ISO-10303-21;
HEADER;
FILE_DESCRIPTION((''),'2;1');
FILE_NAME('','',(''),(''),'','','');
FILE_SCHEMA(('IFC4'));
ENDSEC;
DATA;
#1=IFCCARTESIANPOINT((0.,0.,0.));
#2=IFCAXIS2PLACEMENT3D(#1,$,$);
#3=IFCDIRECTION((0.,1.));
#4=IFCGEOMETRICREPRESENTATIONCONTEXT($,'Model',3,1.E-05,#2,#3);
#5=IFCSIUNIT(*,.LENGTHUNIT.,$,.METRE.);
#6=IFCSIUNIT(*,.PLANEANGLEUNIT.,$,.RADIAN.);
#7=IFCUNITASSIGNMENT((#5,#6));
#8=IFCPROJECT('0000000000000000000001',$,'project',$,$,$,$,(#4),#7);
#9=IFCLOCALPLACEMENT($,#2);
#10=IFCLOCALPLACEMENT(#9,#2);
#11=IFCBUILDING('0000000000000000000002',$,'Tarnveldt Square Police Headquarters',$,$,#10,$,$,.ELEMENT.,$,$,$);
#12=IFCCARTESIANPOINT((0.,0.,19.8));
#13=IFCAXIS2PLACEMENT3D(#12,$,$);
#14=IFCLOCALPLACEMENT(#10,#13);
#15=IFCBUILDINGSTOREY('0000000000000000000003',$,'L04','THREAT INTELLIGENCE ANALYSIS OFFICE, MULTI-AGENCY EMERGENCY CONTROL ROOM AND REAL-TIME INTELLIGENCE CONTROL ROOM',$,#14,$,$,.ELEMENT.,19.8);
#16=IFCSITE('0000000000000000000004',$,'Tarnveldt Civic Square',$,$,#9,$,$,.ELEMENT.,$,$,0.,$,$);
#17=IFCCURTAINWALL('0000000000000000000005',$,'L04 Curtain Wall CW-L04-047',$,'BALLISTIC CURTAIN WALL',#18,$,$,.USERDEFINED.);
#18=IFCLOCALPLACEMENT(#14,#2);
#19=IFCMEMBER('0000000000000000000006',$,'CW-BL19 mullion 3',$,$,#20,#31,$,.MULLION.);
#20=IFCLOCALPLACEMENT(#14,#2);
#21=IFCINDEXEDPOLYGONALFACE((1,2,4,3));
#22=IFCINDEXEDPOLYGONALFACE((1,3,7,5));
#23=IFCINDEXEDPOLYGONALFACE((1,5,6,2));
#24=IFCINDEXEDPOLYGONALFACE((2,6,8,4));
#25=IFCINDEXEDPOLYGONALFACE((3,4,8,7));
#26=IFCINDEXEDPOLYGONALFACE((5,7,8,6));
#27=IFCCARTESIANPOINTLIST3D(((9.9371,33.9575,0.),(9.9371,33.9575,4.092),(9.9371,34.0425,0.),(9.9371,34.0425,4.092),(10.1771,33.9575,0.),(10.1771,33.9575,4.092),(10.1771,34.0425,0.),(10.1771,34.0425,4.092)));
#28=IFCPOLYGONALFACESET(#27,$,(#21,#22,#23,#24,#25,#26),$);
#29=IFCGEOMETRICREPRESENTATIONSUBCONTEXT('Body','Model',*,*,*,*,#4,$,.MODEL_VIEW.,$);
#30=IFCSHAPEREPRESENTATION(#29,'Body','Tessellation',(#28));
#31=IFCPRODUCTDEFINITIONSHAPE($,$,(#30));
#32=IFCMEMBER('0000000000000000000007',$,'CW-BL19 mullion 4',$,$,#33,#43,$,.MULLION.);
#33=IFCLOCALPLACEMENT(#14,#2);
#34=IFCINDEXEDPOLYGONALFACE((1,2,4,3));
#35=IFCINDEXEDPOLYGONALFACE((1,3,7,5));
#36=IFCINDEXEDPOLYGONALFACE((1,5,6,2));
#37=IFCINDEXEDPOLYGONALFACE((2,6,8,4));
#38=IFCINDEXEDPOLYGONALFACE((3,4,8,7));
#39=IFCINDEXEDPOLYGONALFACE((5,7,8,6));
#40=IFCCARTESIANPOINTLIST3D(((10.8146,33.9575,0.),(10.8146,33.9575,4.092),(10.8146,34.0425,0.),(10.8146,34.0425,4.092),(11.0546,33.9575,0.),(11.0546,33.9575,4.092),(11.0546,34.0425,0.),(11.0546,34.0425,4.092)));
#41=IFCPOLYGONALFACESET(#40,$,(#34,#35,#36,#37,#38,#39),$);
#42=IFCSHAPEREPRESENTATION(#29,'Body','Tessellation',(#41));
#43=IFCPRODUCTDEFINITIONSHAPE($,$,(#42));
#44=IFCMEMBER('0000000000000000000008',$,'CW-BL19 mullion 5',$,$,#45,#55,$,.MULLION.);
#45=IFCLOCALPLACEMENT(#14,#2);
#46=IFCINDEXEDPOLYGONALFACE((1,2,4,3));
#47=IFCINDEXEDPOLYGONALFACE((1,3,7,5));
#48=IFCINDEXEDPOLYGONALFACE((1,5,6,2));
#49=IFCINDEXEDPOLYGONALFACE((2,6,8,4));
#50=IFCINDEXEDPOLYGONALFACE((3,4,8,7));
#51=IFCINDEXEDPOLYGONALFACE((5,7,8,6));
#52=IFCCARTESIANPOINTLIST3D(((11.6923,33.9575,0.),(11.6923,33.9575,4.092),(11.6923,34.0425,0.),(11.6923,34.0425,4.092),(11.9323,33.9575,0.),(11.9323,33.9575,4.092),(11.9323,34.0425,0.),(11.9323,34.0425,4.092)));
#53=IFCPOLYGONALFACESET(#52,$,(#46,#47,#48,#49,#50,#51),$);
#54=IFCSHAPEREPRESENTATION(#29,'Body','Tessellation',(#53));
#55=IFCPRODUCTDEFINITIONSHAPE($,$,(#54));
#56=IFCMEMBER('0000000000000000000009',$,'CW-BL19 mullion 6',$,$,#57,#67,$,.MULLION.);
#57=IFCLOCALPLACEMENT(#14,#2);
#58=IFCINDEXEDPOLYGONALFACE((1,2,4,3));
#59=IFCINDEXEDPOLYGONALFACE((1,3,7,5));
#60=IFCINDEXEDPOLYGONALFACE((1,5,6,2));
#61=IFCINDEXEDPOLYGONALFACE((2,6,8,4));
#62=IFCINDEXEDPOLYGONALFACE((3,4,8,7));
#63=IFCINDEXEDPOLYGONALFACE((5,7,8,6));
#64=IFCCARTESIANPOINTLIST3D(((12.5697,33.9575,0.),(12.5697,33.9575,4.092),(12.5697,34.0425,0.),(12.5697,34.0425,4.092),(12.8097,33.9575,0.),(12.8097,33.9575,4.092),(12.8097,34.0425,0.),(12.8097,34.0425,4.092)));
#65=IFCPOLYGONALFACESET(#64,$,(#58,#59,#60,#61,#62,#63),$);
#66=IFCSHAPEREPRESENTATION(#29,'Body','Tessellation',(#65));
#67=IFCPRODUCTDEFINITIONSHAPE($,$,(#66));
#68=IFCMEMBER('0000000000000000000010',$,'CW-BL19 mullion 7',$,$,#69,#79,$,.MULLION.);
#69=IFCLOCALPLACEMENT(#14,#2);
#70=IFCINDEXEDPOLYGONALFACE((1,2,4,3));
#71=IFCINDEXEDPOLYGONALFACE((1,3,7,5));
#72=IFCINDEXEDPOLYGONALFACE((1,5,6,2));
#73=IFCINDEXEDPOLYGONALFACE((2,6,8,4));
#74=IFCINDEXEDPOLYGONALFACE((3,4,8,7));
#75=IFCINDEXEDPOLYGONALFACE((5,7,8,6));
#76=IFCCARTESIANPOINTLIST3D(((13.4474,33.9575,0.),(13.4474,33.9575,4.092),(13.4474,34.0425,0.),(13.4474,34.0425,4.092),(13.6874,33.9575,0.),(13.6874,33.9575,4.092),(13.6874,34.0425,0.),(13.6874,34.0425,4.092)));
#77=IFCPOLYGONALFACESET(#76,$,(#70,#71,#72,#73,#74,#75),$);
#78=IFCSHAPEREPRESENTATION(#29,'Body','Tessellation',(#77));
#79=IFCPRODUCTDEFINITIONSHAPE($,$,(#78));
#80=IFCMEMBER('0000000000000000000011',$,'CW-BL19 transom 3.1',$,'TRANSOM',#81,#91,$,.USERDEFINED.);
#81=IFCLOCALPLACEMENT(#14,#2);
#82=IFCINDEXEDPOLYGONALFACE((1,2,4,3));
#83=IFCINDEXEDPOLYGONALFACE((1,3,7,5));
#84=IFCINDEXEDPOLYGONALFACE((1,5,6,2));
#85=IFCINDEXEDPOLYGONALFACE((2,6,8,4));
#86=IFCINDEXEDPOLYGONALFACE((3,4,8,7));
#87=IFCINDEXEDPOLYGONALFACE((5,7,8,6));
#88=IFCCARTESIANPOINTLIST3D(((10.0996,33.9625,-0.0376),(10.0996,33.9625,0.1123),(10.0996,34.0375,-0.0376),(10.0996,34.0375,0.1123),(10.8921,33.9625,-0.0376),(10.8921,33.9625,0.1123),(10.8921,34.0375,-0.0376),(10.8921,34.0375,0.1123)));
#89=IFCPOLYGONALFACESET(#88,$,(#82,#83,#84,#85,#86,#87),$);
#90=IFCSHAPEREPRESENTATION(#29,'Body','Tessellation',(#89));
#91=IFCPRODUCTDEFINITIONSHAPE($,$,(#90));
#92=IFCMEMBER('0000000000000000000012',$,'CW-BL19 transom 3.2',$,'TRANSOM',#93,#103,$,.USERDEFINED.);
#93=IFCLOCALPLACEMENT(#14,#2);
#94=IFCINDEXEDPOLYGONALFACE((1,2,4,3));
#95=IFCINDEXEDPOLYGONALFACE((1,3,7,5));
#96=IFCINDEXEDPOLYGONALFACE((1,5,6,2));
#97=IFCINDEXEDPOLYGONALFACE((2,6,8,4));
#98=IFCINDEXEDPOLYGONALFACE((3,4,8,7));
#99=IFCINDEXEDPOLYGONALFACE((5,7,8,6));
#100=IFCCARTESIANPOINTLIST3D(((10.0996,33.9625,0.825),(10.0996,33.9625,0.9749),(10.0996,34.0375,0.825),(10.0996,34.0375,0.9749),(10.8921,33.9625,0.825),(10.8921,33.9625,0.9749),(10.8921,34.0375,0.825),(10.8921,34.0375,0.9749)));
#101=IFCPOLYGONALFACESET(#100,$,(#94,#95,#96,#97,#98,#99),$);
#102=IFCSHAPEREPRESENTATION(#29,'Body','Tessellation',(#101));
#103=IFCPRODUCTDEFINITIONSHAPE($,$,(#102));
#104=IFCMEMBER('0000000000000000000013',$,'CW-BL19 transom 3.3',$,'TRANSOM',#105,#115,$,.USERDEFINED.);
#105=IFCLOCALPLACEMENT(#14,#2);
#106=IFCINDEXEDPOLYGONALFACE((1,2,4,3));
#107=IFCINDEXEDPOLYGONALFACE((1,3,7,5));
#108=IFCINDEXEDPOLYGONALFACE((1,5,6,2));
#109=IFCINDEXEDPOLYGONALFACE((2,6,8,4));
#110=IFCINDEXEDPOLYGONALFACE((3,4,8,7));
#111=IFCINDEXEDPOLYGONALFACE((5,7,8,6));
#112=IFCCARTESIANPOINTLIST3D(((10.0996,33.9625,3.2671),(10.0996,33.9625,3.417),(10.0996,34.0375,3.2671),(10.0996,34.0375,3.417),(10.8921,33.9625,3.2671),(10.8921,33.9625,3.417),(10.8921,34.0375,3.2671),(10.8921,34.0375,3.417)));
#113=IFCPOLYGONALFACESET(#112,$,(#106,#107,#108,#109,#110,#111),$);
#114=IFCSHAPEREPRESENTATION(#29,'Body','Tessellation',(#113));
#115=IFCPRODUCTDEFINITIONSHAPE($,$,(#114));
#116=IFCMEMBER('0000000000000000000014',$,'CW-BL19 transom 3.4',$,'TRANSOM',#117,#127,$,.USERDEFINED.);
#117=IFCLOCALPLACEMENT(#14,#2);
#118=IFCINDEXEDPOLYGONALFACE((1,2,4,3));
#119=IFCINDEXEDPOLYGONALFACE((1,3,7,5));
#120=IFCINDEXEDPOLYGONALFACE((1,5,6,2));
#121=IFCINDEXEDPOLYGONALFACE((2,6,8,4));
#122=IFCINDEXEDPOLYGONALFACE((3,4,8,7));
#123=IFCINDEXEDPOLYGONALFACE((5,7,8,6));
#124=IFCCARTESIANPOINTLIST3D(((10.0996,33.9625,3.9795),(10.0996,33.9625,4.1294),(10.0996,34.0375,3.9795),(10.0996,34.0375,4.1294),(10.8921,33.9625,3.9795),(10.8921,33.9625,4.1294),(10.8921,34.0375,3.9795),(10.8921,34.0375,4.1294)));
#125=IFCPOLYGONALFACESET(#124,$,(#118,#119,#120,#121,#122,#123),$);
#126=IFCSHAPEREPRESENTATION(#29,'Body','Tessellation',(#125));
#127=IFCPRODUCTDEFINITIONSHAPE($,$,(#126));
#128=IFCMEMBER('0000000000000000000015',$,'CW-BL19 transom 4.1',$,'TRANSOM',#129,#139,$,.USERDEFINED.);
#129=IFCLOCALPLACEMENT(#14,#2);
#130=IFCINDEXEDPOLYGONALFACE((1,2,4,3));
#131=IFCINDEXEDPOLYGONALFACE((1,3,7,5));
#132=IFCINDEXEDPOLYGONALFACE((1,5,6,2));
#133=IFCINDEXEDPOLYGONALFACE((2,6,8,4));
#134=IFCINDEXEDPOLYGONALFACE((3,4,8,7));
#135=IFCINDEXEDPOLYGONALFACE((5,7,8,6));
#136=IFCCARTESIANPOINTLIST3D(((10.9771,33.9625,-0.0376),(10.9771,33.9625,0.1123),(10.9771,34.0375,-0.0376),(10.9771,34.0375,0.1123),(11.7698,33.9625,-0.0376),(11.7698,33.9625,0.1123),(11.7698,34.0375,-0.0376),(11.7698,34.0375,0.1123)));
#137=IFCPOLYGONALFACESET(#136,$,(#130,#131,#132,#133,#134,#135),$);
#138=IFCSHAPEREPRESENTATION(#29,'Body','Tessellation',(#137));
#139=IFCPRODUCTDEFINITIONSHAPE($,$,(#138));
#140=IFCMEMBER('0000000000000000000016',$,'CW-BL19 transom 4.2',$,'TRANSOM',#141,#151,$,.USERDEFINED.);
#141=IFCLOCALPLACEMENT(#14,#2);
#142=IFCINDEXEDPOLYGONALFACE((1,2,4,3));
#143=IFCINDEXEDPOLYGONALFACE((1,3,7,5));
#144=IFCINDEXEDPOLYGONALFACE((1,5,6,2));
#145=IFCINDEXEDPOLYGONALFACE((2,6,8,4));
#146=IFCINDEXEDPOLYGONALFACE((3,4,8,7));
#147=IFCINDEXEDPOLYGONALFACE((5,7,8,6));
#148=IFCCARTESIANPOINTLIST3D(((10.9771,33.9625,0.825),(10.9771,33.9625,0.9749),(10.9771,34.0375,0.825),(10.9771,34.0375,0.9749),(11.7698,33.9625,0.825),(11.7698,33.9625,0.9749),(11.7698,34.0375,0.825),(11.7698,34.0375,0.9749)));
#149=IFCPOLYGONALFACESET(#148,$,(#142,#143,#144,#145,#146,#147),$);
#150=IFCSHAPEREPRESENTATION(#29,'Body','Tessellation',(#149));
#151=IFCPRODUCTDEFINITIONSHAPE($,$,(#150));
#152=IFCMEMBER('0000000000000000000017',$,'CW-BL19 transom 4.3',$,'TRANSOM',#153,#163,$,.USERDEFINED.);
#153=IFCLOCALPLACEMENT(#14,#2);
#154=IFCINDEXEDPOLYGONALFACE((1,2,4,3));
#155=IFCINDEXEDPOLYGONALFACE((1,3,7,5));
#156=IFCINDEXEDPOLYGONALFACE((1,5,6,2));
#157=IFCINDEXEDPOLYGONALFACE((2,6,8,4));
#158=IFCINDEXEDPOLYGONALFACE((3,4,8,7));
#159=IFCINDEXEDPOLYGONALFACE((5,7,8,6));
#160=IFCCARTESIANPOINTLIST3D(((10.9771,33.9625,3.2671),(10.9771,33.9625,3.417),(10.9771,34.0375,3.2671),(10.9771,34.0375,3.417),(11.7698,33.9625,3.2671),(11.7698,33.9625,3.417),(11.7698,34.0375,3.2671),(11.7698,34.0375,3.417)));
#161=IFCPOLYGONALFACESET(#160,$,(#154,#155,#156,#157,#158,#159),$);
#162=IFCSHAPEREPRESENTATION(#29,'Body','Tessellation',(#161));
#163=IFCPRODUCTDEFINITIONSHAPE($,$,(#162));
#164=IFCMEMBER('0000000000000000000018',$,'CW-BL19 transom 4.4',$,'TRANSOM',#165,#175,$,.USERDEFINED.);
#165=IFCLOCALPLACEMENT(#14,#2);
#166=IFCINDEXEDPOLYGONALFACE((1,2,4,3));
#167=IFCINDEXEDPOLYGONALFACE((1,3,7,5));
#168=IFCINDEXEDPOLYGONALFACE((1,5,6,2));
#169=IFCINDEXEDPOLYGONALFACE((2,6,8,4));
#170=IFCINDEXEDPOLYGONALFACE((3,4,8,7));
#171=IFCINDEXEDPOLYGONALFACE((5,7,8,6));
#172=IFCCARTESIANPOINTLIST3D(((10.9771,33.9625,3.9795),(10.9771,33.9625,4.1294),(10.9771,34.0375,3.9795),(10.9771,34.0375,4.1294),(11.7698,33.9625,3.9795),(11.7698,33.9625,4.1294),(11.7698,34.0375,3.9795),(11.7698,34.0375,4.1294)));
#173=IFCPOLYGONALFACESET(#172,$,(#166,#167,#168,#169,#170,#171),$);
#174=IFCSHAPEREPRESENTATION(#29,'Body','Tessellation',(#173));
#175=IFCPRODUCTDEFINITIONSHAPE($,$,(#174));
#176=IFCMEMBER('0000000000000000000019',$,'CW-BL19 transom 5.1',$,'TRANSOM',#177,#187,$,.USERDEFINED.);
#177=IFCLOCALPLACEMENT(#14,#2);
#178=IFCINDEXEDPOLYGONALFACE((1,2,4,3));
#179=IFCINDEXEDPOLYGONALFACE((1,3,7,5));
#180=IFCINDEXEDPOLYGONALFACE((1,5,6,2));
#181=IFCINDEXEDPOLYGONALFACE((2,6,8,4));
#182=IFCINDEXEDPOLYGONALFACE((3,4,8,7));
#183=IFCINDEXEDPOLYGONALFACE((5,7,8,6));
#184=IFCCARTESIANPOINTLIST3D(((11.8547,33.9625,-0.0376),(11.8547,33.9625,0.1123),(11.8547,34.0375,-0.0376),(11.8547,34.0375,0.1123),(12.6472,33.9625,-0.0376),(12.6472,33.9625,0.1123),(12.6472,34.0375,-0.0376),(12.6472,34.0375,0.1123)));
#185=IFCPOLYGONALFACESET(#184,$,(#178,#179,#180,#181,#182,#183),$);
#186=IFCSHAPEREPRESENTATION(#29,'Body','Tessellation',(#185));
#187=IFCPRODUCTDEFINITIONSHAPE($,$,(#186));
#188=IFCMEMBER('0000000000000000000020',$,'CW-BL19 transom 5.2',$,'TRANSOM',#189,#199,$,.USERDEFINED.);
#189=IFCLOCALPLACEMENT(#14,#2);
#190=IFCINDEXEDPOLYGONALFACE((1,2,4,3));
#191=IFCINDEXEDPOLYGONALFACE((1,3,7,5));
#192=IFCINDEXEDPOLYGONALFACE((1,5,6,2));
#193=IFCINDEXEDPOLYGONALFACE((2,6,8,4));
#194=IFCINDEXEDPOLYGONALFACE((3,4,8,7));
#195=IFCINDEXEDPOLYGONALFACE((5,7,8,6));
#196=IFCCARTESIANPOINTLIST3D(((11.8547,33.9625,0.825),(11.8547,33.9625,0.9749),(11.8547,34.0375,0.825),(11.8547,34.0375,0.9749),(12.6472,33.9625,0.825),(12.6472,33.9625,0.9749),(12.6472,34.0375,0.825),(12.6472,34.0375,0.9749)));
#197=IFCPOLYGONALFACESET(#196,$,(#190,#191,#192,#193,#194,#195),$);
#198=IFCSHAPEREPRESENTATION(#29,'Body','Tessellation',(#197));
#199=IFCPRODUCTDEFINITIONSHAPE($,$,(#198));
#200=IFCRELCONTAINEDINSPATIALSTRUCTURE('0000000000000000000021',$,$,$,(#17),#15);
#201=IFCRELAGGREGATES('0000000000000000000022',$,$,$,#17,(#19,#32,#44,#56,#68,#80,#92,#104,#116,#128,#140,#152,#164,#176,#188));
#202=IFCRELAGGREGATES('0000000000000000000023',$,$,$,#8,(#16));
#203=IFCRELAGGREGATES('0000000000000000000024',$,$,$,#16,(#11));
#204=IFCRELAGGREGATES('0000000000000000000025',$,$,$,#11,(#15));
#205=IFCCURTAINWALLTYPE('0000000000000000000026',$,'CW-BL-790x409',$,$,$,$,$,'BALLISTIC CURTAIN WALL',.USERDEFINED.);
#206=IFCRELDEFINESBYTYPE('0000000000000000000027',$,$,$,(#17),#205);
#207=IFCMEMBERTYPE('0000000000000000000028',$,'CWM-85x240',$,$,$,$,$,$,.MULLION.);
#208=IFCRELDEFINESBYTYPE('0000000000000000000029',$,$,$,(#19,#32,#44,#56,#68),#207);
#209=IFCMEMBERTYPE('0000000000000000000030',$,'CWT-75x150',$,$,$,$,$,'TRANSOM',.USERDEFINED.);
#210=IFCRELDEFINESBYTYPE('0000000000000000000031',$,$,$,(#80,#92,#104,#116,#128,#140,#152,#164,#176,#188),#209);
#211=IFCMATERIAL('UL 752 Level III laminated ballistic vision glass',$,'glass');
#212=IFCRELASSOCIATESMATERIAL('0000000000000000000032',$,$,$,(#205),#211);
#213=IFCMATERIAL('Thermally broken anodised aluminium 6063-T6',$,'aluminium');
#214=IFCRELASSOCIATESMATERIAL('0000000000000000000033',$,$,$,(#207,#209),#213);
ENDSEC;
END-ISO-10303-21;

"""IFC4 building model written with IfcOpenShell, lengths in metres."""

from ifc_helpers import new_model, si_unit, direction, frame, origin, origin_2d, place, context, subcontext, project, spatial, rectangle, extrude, material, material_profile, profile_set, type_object, element, aggregate, save


model = new_model("IFC4")

# Units and contexts
model_context = context("Model", 3, precision=1e-05, world=origin(), true_north=direction((0.0, 1.0)))
body_context = subcontext(model_context, "Body", "Model", "MODEL_VIEW")
ifc_project = project(units=[si_unit("LENGTHUNIT", "METRE"), si_unit("PLANEANGLEUNIT", "RADIAN")], contexts=[model_context])

# Site, building, storey
site_placement = place(None, origin())
site = spatial("IfcSite", under=ifc_project, at=site_placement, Name="Tarnveldt Civic Square", CompositionType="ELEMENT", RefElevation=0.0)
building_placement = place(site_placement, origin())
building = spatial("IfcBuilding", under=site, at=building_placement, Name="Tarnveldt Square Police Headquarters", CompositionType="ELEMENT")
storey_placement = place(building_placement, frame((0.0, 0.0, 19.8)))
storey = spatial("IfcBuildingStorey", under=building, at=storey_placement, Name="L04", Description="THREAT INTELLIGENCE ANALYSIS OFFICE, MULTI-AGENCY EMERGENCY CONTROL ROOM AND REAL-TIME INTELLIGENCE CONTROL ROOM", CompositionType="ELEMENT", Elevation=19.8)

# Curtain wall, members
ifc_material_1 = material(Name="UL 752 Level III laminated ballistic vision glass", Category="glass")
curtain_wall_type = type_object("IfcCurtainWallType", Name="CW-BL-790x409", ElementType="BALLISTIC CURTAIN WALL", PredefinedType="USERDEFINED", material=ifc_material_1)
curtain_wall_placement = place(storey_placement, origin())
curtain_wall = element("IfcCurtainWall", 1, at=curtain_wall_placement, inside=storey, type_object=curtain_wall_type, Name="L04 Curtain Wall CW-L04-047", ObjectType="BALLISTIC CURTAIN WALL", PredefinedType="USERDEFINED")
ifc_material_2 = material(Name="Thermally broken anodised aluminium 6063-T6", Category="aluminium")
ifc_material_profile_1 = material_profile(ifc_material_2, rectangle(XDim=0.085, YDim=0.24, at=origin_2d()), Name="CW-M85x240")
ifc_profile_set_1 = profile_set([ifc_material_profile_1], Name="Thermally broken anodised aluminium 6063-T6")
member_type_1 = type_object("IfcMemberType", Name="CWM-85x240", PredefinedType="MULLION", material=ifc_profile_set_1)
member_1_placement = place(storey_placement, frame((10.0571, 34.0, 0.0), z_axis=(0.0, 0.0, 1.0), x_axis=(0.0, 1.0, 0.0)))
member_1 = element("IfcMember", 2, at=member_1_placement, type_object=member_type_1, Name="CW-BL19 mullion 3", PredefinedType="MULLION", context=body_context, shape_type="SweptSolid", body=[
    extrude(rectangle(XDim=0.085, YDim=0.24, at=origin_2d()), origin(), (0.0, 0.0, 1.0), 4.092),
])
member_2_placement = place(storey_placement, frame((10.9346, 34.0, 0.0), z_axis=(0.0, 0.0, 1.0), x_axis=(0.0, 1.0, 0.0)))
member_2 = element("IfcMember", 3, at=member_2_placement, type_object=member_type_1, Name="CW-BL19 mullion 4", PredefinedType="MULLION", context=body_context, shape_type="SweptSolid", body=[
    extrude(rectangle(XDim=0.085, YDim=0.24, at=origin_2d()), origin(), (0.0, 0.0, 1.0), 4.092),
])
member_3_placement = place(storey_placement, frame((11.8123, 34.0, 0.0), z_axis=(0.0, 0.0, 1.0), x_axis=(0.0, 1.0, 0.0)))
member_3 = element("IfcMember", 4, at=member_3_placement, type_object=member_type_1, Name="CW-BL19 mullion 5", PredefinedType="MULLION", context=body_context, shape_type="SweptSolid", body=[
    extrude(rectangle(XDim=0.085, YDim=0.24, at=origin_2d()), origin(), (0.0, 0.0, 1.0), 4.092),
])
member_4_placement = place(storey_placement, frame((12.6897, 34.0, 0.0), z_axis=(0.0, 0.0, 1.0), x_axis=(0.0, 1.0, 0.0)))
member_4 = element("IfcMember", 5, at=member_4_placement, type_object=member_type_1, Name="CW-BL19 mullion 6", PredefinedType="MULLION", context=body_context, shape_type="SweptSolid", body=[
    extrude(rectangle(XDim=0.085, YDim=0.24, at=origin_2d()), origin(), (0.0, 0.0, 1.0), 4.092),
])
member_5_placement = place(storey_placement, frame((13.5674, 34.0, 0.0), z_axis=(0.0, 0.0, 1.0), x_axis=(0.0, 1.0, 0.0)))
member_5 = element("IfcMember", 6, at=member_5_placement, type_object=member_type_1, Name="CW-BL19 mullion 7", PredefinedType="MULLION", context=body_context, shape_type="SweptSolid", body=[
    extrude(rectangle(XDim=0.085, YDim=0.24, at=origin_2d()), origin(), (0.0, 0.0, 1.0), 4.092),
])
ifc_material_profile_2 = material_profile(ifc_material_2, rectangle(XDim=0.075, YDim=0.1499, at=origin_2d()), Name="CW-T75x150")
ifc_profile_set_2 = profile_set([ifc_material_profile_2], Name="Thermally broken anodised aluminium 6063-T6")
member_type_2 = type_object("IfcMemberType", Name="CWT-75x150", ElementType="TRANSOM", PredefinedType="USERDEFINED", material=ifc_profile_set_2)
member_6_placement = place(storey_placement, frame((10.0996, 34.0, 0.0374), z_axis=(1.0, 0.0, 0.0), x_axis=(0.0, 1.0, 0.0)))
member_6 = element("IfcMember", 7, at=member_6_placement, type_object=member_type_2, Name="CW-BL19 transom 3.1", ObjectType="TRANSOM", PredefinedType="USERDEFINED", context=body_context, shape_type="SweptSolid", body=[
    extrude(rectangle(XDim=0.075, YDim=0.1499, at=origin_2d()), origin(), (0.0, 0.0, 1.0), 0.7925),
])
member_7_placement = place(storey_placement, frame((10.0996, 34.0, 0.8999), z_axis=(1.0, 0.0, 0.0), x_axis=(0.0, 1.0, 0.0)))
member_7 = element("IfcMember", 8, at=member_7_placement, type_object=member_type_2, Name="CW-BL19 transom 3.2", ObjectType="TRANSOM", PredefinedType="USERDEFINED", context=body_context, shape_type="SweptSolid", body=[
    extrude(rectangle(XDim=0.075, YDim=0.1499, at=origin_2d()), origin(), (0.0, 0.0, 1.0), 0.7925),
])
member_8_placement = place(storey_placement, frame((10.0996, 34.0, 3.342), z_axis=(1.0, 0.0, 0.0), x_axis=(0.0, 1.0, 0.0)))
member_8 = element("IfcMember", 9, at=member_8_placement, type_object=member_type_2, Name="CW-BL19 transom 3.3", ObjectType="TRANSOM", PredefinedType="USERDEFINED", context=body_context, shape_type="SweptSolid", body=[
    extrude(rectangle(XDim=0.075, YDim=0.1499, at=origin_2d()), origin(), (0.0, 0.0, 1.0), 0.7925),
])
member_9_placement = place(storey_placement, frame((10.0996, 34.0, 4.0544), z_axis=(1.0, 0.0, 0.0), x_axis=(0.0, 1.0, 0.0)))
member_9 = element("IfcMember", 10, at=member_9_placement, type_object=member_type_2, Name="CW-BL19 transom 3.4", ObjectType="TRANSOM", PredefinedType="USERDEFINED", context=body_context, shape_type="SweptSolid", body=[
    extrude(rectangle(XDim=0.075, YDim=0.1499, at=origin_2d()), origin(), (0.0, 0.0, 1.0), 0.7925),
])
member_10_placement = place(storey_placement, frame((10.9771, 34.0, 0.0374), z_axis=(1.0, 0.0, 0.0), x_axis=(0.0, 1.0, 0.0)))
member_10 = element("IfcMember", 11, at=member_10_placement, type_object=member_type_2, Name="CW-BL19 transom 4.1", ObjectType="TRANSOM", PredefinedType="USERDEFINED", context=body_context, shape_type="SweptSolid", body=[
    extrude(rectangle(XDim=0.075, YDim=0.1499, at=origin_2d()), origin(), (0.0, 0.0, 1.0), 0.7927),
])
member_11_placement = place(storey_placement, frame((10.9771, 34.0, 0.8999), z_axis=(1.0, 0.0, 0.0), x_axis=(0.0, 1.0, 0.0)))
member_11 = element("IfcMember", 12, at=member_11_placement, type_object=member_type_2, Name="CW-BL19 transom 4.2", ObjectType="TRANSOM", PredefinedType="USERDEFINED", context=body_context, shape_type="SweptSolid", body=[
    extrude(rectangle(XDim=0.075, YDim=0.1499, at=origin_2d()), origin(), (0.0, 0.0, 1.0), 0.7927),
])
member_12_placement = place(storey_placement, frame((10.9771, 34.0, 3.342), z_axis=(1.0, 0.0, 0.0), x_axis=(0.0, 1.0, 0.0)))
member_12 = element("IfcMember", 13, at=member_12_placement, type_object=member_type_2, Name="CW-BL19 transom 4.3", ObjectType="TRANSOM", PredefinedType="USERDEFINED", context=body_context, shape_type="SweptSolid", body=[
    extrude(rectangle(XDim=0.075, YDim=0.1499, at=origin_2d()), origin(), (0.0, 0.0, 1.0), 0.7927),
])
member_13_placement = place(storey_placement, frame((10.9771, 34.0, 4.0544), z_axis=(1.0, 0.0, 0.0), x_axis=(0.0, 1.0, 0.0)))
member_13 = element("IfcMember", 14, at=member_13_placement, type_object=member_type_2, Name="CW-BL19 transom 4.4", ObjectType="TRANSOM", PredefinedType="USERDEFINED", context=body_context, shape_type="SweptSolid", body=[
    extrude(rectangle(XDim=0.075, YDim=0.1499, at=origin_2d()), origin(), (0.0, 0.0, 1.0), 0.7927),
])
member_14_placement = place(storey_placement, frame((11.8547, 34.0, 0.0374), z_axis=(1.0, 0.0, 0.0), x_axis=(0.0, 1.0, 0.0)))
member_14 = element("IfcMember", 15, at=member_14_placement, type_object=member_type_2, Name="CW-BL19 transom 5.1", ObjectType="TRANSOM", PredefinedType="USERDEFINED", context=body_context, shape_type="SweptSolid", body=[
    extrude(rectangle(XDim=0.075, YDim=0.1499, at=origin_2d()), origin(), (0.0, 0.0, 1.0), 0.7925),
])
member_15_placement = place(storey_placement, frame((11.8547, 34.0, 0.8999), z_axis=(1.0, 0.0, 0.0), x_axis=(0.0, 1.0, 0.0)))
member_15 = element("IfcMember", 16, at=member_15_placement, type_object=member_type_2, Name="CW-BL19 transom 5.2", ObjectType="TRANSOM", PredefinedType="USERDEFINED", context=body_context, shape_type="SweptSolid", body=[
    extrude(rectangle(XDim=0.075, YDim=0.1499, at=origin_2d()), origin(), (0.0, 0.0, 1.0), 0.7925),
])
aggregate(curtain_wall, [member_1, member_2, member_3, member_4, member_5, member_6, member_7, member_8, member_9, member_10, member_11, member_12, member_13, member_14, member_15])

save(model, "model.ifc")
